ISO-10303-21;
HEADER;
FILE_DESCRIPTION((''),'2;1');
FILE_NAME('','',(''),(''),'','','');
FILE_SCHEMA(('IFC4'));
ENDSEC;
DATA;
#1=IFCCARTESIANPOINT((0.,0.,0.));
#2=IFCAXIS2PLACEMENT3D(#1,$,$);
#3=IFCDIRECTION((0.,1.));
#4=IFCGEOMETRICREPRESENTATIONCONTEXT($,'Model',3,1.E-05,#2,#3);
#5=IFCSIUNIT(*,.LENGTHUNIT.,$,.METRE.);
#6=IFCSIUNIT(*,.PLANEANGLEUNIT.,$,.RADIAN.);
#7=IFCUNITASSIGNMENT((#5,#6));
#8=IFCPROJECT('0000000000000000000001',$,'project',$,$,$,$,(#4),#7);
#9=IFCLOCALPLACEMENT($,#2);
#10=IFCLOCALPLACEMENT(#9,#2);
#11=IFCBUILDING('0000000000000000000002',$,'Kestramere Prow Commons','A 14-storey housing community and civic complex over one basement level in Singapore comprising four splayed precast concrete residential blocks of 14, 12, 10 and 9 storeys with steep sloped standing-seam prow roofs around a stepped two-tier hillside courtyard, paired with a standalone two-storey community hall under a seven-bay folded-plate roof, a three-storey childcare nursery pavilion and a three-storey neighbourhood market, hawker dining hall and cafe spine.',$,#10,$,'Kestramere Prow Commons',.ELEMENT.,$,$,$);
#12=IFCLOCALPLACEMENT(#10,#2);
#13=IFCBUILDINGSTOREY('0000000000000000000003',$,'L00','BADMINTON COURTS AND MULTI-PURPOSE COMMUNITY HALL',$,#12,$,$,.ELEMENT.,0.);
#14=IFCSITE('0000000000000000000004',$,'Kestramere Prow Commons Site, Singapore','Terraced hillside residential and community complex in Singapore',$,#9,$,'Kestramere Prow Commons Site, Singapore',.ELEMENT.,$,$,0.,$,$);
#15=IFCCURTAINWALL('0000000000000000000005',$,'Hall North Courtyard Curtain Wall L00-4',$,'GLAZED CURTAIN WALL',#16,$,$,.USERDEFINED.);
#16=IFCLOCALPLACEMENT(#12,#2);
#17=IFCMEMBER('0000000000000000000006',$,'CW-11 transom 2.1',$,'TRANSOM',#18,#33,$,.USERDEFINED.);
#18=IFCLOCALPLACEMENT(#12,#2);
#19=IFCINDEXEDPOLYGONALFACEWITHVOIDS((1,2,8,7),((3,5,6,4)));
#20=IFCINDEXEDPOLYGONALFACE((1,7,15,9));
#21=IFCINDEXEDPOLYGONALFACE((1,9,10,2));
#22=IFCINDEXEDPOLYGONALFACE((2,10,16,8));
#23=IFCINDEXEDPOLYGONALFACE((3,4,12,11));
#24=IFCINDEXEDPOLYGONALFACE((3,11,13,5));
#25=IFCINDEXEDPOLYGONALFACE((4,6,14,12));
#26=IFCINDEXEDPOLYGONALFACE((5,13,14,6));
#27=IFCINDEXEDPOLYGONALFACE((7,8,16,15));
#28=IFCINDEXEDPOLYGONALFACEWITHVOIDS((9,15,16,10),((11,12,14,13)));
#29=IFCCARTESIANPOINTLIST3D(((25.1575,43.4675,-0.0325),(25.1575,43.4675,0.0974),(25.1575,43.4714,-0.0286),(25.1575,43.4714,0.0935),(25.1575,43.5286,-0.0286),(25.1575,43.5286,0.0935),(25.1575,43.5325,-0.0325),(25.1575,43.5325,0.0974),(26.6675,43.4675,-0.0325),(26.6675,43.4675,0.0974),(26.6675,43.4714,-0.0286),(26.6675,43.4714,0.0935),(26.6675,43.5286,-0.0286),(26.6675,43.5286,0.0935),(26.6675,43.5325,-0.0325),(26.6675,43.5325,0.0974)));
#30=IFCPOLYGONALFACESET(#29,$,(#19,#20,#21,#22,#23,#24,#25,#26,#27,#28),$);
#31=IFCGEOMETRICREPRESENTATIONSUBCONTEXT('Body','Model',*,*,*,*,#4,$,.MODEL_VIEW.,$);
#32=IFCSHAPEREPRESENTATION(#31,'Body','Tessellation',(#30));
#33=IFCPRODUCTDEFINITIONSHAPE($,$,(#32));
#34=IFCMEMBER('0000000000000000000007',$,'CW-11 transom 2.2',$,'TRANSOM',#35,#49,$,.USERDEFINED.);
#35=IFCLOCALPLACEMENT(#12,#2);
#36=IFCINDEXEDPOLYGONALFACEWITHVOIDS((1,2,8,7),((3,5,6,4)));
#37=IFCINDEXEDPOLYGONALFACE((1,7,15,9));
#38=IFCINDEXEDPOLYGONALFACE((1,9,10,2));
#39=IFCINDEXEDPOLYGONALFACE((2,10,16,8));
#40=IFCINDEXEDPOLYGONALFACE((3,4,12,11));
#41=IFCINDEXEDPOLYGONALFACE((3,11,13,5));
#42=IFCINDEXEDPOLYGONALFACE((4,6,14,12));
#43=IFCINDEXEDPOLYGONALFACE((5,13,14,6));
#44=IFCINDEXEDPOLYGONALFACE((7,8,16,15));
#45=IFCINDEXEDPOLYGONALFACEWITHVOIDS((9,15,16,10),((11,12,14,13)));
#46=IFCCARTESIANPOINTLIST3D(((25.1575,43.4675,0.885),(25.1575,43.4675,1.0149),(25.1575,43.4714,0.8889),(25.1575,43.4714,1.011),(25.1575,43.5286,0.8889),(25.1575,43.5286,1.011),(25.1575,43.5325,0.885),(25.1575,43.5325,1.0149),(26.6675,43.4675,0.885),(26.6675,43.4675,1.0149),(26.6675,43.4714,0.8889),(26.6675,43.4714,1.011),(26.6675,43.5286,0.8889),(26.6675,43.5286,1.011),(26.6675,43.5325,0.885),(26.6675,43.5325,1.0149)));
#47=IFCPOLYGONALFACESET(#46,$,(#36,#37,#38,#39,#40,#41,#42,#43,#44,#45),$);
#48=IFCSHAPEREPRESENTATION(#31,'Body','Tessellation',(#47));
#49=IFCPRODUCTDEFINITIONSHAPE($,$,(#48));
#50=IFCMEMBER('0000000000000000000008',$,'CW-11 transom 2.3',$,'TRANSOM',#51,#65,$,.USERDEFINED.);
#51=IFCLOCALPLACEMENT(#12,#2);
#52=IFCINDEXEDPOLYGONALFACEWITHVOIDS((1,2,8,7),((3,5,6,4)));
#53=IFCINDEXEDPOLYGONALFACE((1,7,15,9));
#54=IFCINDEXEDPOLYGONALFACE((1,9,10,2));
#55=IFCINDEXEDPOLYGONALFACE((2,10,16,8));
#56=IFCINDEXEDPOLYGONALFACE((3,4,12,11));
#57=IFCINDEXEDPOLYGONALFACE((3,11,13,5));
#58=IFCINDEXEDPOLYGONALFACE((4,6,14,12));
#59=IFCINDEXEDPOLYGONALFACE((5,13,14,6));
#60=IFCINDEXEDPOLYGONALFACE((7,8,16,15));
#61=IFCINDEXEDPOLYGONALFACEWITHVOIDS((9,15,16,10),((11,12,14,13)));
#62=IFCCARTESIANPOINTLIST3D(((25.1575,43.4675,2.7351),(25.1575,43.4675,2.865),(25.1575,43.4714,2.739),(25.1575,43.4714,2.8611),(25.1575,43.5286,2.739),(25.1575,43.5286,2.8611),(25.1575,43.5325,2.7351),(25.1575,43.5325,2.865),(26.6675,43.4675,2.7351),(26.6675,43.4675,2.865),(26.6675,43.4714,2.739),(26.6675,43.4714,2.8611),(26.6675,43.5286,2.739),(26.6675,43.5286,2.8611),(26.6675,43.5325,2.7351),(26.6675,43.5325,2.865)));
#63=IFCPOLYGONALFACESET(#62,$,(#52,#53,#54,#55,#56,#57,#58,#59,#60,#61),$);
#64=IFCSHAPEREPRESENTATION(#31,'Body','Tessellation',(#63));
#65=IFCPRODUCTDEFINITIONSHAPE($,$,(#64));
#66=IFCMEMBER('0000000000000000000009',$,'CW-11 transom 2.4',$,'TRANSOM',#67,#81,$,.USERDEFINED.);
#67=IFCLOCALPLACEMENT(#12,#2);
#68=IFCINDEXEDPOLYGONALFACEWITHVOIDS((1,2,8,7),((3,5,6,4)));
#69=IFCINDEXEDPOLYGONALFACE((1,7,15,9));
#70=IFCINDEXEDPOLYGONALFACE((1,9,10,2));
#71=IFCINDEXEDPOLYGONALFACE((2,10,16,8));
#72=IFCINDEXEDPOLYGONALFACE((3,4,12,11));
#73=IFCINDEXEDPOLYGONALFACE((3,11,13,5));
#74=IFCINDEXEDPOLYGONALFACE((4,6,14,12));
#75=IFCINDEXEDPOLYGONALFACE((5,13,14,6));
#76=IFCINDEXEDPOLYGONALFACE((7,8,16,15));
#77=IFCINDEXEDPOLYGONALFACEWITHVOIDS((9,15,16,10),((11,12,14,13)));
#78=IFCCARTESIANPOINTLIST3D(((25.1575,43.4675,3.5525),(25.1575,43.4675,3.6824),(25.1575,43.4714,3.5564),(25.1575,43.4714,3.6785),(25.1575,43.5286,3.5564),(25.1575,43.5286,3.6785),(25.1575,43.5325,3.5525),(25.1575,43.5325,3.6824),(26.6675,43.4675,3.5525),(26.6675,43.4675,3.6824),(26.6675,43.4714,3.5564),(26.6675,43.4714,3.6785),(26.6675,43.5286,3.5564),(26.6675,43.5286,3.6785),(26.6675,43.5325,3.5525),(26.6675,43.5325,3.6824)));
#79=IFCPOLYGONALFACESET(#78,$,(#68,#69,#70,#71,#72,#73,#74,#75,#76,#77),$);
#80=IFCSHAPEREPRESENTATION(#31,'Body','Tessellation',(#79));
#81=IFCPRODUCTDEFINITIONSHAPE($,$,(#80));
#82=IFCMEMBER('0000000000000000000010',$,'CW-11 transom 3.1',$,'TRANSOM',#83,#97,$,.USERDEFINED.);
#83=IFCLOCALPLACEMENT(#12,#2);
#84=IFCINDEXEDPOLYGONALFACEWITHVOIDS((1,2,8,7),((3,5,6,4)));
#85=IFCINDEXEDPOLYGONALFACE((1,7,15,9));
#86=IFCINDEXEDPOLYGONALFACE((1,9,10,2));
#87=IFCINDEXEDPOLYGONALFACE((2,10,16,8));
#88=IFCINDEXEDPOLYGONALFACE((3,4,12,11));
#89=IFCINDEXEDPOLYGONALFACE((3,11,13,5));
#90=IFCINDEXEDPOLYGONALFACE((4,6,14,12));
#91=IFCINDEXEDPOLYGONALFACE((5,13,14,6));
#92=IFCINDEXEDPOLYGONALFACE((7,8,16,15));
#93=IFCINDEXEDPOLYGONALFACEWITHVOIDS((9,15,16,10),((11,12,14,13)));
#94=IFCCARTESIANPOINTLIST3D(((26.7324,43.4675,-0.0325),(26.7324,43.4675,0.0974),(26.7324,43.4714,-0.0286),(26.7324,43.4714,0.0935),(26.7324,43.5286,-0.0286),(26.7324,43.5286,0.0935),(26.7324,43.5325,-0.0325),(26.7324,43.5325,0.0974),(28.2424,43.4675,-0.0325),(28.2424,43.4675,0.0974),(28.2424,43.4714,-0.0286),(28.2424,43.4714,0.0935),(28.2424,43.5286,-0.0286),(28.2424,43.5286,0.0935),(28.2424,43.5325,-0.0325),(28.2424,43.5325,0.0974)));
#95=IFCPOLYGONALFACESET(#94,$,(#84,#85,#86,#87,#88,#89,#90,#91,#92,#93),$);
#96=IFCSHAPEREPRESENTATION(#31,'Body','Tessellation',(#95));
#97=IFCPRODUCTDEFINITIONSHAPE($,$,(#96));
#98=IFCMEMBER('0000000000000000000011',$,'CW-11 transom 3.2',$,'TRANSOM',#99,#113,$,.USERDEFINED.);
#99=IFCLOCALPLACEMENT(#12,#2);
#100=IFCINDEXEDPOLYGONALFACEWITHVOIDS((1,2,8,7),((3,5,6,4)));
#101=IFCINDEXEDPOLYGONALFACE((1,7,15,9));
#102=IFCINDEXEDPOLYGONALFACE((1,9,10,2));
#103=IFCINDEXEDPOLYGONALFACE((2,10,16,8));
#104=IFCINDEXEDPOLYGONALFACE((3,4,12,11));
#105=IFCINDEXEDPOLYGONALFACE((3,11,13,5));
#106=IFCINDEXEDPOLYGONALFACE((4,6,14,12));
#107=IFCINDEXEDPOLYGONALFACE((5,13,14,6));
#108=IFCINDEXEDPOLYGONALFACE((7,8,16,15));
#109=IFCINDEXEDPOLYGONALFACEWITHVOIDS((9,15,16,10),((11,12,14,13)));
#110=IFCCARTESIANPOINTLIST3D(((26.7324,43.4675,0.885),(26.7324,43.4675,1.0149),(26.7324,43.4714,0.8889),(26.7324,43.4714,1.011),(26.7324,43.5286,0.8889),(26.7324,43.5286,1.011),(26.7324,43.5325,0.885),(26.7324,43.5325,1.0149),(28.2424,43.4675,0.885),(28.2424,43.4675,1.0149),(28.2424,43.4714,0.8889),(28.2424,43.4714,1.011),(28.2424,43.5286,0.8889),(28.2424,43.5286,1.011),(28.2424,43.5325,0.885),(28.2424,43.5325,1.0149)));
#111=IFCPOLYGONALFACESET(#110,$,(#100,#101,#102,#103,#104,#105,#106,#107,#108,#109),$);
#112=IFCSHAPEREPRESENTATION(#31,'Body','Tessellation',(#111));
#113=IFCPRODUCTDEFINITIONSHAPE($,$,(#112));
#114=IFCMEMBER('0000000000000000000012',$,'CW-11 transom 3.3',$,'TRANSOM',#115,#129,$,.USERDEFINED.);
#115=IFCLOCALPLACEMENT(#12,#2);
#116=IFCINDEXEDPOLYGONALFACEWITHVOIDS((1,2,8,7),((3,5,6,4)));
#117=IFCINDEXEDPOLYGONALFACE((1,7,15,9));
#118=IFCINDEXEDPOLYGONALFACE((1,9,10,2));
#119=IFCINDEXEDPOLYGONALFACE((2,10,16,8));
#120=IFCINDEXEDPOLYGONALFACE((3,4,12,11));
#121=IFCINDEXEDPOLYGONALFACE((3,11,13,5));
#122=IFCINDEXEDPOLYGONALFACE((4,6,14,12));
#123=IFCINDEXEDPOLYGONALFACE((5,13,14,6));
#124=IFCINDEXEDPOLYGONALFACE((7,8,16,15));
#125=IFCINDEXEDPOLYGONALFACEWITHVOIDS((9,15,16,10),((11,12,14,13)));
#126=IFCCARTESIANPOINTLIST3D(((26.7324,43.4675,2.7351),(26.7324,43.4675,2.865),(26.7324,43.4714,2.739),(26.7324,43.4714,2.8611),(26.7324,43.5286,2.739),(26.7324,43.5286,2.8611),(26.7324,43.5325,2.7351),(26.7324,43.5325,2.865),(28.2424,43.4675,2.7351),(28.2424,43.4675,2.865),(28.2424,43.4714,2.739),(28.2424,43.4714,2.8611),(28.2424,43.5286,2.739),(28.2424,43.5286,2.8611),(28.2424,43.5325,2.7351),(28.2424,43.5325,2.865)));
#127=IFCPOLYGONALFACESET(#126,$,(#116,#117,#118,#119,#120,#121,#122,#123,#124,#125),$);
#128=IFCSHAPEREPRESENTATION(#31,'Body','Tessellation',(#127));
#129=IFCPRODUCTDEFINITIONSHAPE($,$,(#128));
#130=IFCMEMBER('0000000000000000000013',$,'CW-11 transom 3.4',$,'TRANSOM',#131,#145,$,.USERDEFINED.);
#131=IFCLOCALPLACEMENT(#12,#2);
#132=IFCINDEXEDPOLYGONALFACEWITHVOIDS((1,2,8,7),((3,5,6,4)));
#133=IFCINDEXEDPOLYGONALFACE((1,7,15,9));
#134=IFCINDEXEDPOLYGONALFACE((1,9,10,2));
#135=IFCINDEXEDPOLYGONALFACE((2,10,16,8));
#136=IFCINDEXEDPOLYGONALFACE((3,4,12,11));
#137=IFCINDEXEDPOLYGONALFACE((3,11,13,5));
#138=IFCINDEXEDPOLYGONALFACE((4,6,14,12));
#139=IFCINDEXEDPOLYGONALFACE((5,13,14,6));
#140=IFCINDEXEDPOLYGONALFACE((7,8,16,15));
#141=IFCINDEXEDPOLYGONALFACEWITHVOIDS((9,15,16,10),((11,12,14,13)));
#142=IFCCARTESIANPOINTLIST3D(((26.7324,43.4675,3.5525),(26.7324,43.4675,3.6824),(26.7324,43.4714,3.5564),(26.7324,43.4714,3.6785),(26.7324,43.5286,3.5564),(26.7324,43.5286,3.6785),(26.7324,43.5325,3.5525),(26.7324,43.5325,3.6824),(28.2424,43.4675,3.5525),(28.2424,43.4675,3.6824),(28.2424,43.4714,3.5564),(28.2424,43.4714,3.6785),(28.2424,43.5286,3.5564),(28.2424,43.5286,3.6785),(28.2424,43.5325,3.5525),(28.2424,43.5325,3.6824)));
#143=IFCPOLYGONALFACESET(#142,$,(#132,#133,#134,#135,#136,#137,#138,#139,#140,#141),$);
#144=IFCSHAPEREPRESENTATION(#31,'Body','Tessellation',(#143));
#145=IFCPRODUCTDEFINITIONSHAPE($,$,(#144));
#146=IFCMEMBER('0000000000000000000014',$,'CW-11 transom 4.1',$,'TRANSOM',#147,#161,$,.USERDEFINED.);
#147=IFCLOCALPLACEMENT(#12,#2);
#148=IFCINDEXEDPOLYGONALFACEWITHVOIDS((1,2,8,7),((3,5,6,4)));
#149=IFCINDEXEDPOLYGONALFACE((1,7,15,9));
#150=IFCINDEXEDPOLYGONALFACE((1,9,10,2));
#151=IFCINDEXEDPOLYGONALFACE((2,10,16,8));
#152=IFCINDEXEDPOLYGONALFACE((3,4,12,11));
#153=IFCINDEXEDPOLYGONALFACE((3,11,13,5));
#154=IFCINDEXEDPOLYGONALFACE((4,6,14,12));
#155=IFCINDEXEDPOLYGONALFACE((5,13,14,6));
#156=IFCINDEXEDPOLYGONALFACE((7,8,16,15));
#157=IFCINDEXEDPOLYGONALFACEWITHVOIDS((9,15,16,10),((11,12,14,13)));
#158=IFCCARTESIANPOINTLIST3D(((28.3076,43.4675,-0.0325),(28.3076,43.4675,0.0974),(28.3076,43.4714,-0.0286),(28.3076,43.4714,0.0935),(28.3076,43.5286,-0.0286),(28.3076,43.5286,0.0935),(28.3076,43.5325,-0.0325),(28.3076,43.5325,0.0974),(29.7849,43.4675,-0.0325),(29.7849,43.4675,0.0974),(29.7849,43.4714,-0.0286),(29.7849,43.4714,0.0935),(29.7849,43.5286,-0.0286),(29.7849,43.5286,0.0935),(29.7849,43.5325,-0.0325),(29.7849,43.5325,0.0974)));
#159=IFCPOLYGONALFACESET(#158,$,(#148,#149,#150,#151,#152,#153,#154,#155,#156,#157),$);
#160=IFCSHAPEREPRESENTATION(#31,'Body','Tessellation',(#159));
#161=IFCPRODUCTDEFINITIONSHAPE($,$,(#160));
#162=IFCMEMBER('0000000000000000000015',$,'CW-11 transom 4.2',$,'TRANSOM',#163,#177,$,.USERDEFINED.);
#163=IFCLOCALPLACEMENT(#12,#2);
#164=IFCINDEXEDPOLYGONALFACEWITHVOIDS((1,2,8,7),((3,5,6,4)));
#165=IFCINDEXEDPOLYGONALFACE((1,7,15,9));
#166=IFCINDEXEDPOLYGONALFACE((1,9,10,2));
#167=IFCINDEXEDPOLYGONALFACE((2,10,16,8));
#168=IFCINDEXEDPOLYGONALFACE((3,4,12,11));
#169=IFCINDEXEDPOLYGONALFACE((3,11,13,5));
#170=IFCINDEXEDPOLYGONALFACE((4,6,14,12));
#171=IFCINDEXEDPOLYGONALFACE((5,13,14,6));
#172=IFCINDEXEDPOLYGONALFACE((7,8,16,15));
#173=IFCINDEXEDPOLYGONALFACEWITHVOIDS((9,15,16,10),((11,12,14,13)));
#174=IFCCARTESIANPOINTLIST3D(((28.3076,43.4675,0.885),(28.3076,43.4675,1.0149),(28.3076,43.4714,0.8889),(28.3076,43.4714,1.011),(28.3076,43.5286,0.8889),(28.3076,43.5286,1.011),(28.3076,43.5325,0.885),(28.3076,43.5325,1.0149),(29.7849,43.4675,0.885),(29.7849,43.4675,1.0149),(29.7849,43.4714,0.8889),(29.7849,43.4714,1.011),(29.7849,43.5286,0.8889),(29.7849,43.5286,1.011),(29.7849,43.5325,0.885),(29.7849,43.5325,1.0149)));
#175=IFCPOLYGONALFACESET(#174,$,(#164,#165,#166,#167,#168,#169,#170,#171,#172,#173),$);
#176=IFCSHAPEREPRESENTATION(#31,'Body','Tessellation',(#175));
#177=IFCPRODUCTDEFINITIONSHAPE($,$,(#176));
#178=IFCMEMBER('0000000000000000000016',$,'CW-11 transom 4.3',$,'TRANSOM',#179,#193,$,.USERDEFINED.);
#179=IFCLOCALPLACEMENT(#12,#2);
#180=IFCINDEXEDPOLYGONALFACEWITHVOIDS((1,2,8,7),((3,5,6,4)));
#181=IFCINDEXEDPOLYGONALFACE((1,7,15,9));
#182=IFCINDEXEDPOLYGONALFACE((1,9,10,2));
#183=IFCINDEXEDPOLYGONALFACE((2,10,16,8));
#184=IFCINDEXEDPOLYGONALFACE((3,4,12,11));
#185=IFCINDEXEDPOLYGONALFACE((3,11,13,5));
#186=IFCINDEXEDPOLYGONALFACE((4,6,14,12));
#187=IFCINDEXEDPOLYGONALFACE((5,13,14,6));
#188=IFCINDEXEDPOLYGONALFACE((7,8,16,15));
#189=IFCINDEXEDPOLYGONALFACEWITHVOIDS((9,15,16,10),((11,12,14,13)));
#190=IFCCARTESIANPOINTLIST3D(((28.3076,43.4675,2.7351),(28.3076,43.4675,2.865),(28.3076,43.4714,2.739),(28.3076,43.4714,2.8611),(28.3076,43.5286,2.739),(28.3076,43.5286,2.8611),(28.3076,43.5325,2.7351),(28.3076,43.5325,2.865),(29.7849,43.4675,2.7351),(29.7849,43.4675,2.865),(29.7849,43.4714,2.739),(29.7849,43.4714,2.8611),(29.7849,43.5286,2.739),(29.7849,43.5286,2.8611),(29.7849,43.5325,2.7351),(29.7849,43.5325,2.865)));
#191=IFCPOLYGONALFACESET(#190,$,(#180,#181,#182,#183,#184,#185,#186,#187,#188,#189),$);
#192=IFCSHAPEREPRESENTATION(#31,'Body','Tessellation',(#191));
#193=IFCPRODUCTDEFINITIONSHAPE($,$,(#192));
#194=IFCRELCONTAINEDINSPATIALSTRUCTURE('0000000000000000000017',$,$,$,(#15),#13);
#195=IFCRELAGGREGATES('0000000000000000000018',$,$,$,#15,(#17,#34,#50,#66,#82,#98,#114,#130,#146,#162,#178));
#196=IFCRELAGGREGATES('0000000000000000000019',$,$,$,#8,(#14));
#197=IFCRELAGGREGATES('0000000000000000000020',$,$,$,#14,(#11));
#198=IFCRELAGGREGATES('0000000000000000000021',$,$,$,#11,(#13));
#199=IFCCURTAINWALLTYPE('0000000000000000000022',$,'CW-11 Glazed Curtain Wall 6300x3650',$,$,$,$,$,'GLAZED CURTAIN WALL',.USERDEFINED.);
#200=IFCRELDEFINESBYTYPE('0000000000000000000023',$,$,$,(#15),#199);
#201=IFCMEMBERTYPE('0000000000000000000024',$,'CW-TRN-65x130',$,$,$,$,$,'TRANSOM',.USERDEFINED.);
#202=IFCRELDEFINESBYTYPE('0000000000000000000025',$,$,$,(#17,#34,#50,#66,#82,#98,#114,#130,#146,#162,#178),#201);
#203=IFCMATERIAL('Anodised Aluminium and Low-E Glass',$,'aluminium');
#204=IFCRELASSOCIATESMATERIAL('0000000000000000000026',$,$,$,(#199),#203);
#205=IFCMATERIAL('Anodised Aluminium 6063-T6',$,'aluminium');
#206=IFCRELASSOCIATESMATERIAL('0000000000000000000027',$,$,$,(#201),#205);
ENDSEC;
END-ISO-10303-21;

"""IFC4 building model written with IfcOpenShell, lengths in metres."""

from ifc_helpers import new_model, si_unit, direction, frame, origin, origin_2d, place, context, subcontext, project, spatial, hollow_rectangle, extrude, material, material_profile, profile_set, type_object, element, aggregate, save


model = new_model("IFC4")

# Units and contexts
model_context = context("Model", 3, precision=1e-05, world=origin(), true_north=direction((0.0, 1.0)))
body_context = subcontext(model_context, "Body", "Model", "MODEL_VIEW")
ifc_project = project(units=[si_unit("LENGTHUNIT", "METRE"), si_unit("PLANEANGLEUNIT", "RADIAN")], contexts=[model_context])

# Site, building, storey
site_placement = place(None, origin())
site = spatial("IfcSite", under=ifc_project, at=site_placement, Name="Kestramere Prow Commons Site, Singapore", Description="Terraced hillside residential and community complex in Singapore", LongName="Kestramere Prow Commons Site, Singapore", CompositionType="ELEMENT", RefElevation=0.0)
building_placement = place(site_placement, origin())
building = spatial("IfcBuilding", under=site, at=building_placement, Name="Kestramere Prow Commons", Description="A 14-storey housing community and civic complex over one basement level in Singapore comprising four splayed precast concrete residential blocks of 14, 12, 10 and 9 storeys with steep sloped standing-seam prow roofs around a stepped two-tier hillside courtyard, paired with a standalone two-storey community hall under a seven-bay folded-plate roof, a three-storey childcare nursery pavilion and a three-storey neighbourhood market, hawker dining hall and cafe spine.", LongName="Kestramere Prow Commons", CompositionType="ELEMENT")
storey_placement = place(building_placement, origin())
storey = spatial("IfcBuildingStorey", under=building, at=storey_placement, Name="L00", Description="BADMINTON COURTS AND MULTI-PURPOSE COMMUNITY HALL", CompositionType="ELEMENT", Elevation=0.0)

# Curtain wall, members
ifc_material_1 = material(Name="Anodised Aluminium and Low-E Glass", Category="aluminium")
curtain_wall_type = type_object("IfcCurtainWallType", Name="CW-11 Glazed Curtain Wall 6300x3650", ElementType="GLAZED CURTAIN WALL", PredefinedType="USERDEFINED", material=ifc_material_1)
curtain_wall_placement = place(storey_placement, origin())
curtain_wall = element("IfcCurtainWall", 1, at=curtain_wall_placement, inside=storey, type_object=curtain_wall_type, Name="Hall North Courtyard Curtain Wall L00-4", ObjectType="GLAZED CURTAIN WALL", PredefinedType="USERDEFINED")
ifc_material_2 = material(Name="Anodised Aluminium 6063-T6", Category="aluminium")
ifc_material_profile_1 = material_profile(ifc_material_2, hollow_rectangle(XDim=0.0649, YDim=0.1299, WallThickness=0.0039, at=origin_2d()), Name="ALU-TRN 65x130")
ifc_profile_set_1 = profile_set([ifc_material_profile_1], Name="Anodised Aluminium 6063-T6")
member_type_1 = type_object("IfcMemberType", Name="CW-TRN-65x130", ElementType="TRANSOM", PredefinedType="USERDEFINED", material=ifc_profile_set_1)
member_1_placement = place(storey_placement, frame((25.1575, 43.5, 0.0325), z_axis=(1.0, 0.0, 0.0), x_axis=(0.0, 1.0, 0.0)))
member_1 = element("IfcMember", 2, at=member_1_placement, type_object=member_type_1, Name="CW-11 transom 2.1", ObjectType="TRANSOM", PredefinedType="USERDEFINED", context=body_context, shape_type="SweptSolid", body=[
    extrude(hollow_rectangle(XDim=0.0649, YDim=0.1299, WallThickness=0.0039, at=origin_2d()), origin(), (0.0, 0.0, 1.0), 1.51),
])
member_2_placement = place(storey_placement, frame((25.1575, 43.5, 0.95), z_axis=(1.0, 0.0, 0.0), x_axis=(0.0, 1.0, 0.0)))
member_2 = element("IfcMember", 3, at=member_2_placement, type_object=member_type_1, Name="CW-11 transom 2.2", ObjectType="TRANSOM", PredefinedType="USERDEFINED", context=body_context, shape_type="SweptSolid", body=[
    extrude(hollow_rectangle(XDim=0.0649, YDim=0.1299, WallThickness=0.0039, at=origin_2d()), origin(), (0.0, 0.0, 1.0), 1.51),
])
member_3_placement = place(storey_placement, frame((25.1575, 43.5, 2.8), z_axis=(1.0, 0.0, 0.0), x_axis=(0.0, 1.0, 0.0)))
member_3 = element("IfcMember", 4, at=member_3_placement, type_object=member_type_1, Name="CW-11 transom 2.3", ObjectType="TRANSOM", PredefinedType="USERDEFINED", context=body_context, shape_type="SweptSolid", body=[
    extrude(hollow_rectangle(XDim=0.0649, YDim=0.1299, WallThickness=0.0039, at=origin_2d()), origin(), (0.0, 0.0, 1.0), 1.51),
])
member_4_placement = place(storey_placement, frame((25.1575, 43.5, 3.6174), z_axis=(1.0, 0.0, 0.0), x_axis=(0.0, 1.0, 0.0)))
member_4 = element("IfcMember", 5, at=member_4_placement, type_object=member_type_1, Name="CW-11 transom 2.4", ObjectType="TRANSOM", PredefinedType="USERDEFINED", context=body_context, shape_type="SweptSolid", body=[
    extrude(hollow_rectangle(XDim=0.0649, YDim=0.1299, WallThickness=0.0039, at=origin_2d()), origin(), (0.0, 0.0, 1.0), 1.51),
])
member_5_placement = place(storey_placement, frame((26.7324, 43.5, 0.0325), z_axis=(1.0, 0.0, 0.0), x_axis=(0.0, 1.0, 0.0)))
member_5 = element("IfcMember", 6, at=member_5_placement, type_object=member_type_1, Name="CW-11 transom 3.1", ObjectType="TRANSOM", PredefinedType="USERDEFINED", context=body_context, shape_type="SweptSolid", body=[
    extrude(hollow_rectangle(XDim=0.0649, YDim=0.1299, WallThickness=0.0039, at=origin_2d()), origin(), (0.0, 0.0, 1.0), 1.51),
])
member_6_placement = place(storey_placement, frame((26.7324, 43.5, 0.95), z_axis=(1.0, 0.0, 0.0), x_axis=(0.0, 1.0, 0.0)))
member_6 = element("IfcMember", 7, at=member_6_placement, type_object=member_type_1, Name="CW-11 transom 3.2", ObjectType="TRANSOM", PredefinedType="USERDEFINED", context=body_context, shape_type="SweptSolid", body=[
    extrude(hollow_rectangle(XDim=0.0649, YDim=0.1299, WallThickness=0.0039, at=origin_2d()), origin(), (0.0, 0.0, 1.0), 1.51),
])
member_7_placement = place(storey_placement, frame((26.7324, 43.5, 2.8), z_axis=(1.0, 0.0, 0.0), x_axis=(0.0, 1.0, 0.0)))
member_7 = element("IfcMember", 8, at=member_7_placement, type_object=member_type_1, Name="CW-11 transom 3.3", ObjectType="TRANSOM", PredefinedType="USERDEFINED", context=body_context, shape_type="SweptSolid", body=[
    extrude(hollow_rectangle(XDim=0.0649, YDim=0.1299, WallThickness=0.0039, at=origin_2d()), origin(), (0.0, 0.0, 1.0), 1.51),
])
member_8_placement = place(storey_placement, frame((26.7324, 43.5, 3.6174), z_axis=(1.0, 0.0, 0.0), x_axis=(0.0, 1.0, 0.0)))
member_8 = element("IfcMember", 9, at=member_8_placement, type_object=member_type_1, Name="CW-11 transom 3.4", ObjectType="TRANSOM", PredefinedType="USERDEFINED", context=body_context, shape_type="SweptSolid", body=[
    extrude(hollow_rectangle(XDim=0.0649, YDim=0.1299, WallThickness=0.0039, at=origin_2d()), origin(), (0.0, 0.0, 1.0), 1.51),
])
member_9_placement = place(storey_placement, frame((28.3076, 43.5, 0.0325), z_axis=(1.0, 0.0, 0.0), x_axis=(0.0, 1.0, 0.0)))
member_9 = element("IfcMember", 10, at=member_9_placement, type_object=member_type_1, Name="CW-11 transom 4.1", ObjectType="TRANSOM", PredefinedType="USERDEFINED", context=body_context, shape_type="SweptSolid", body=[
    extrude(hollow_rectangle(XDim=0.0649, YDim=0.1299, WallThickness=0.0039, at=origin_2d()), origin(), (0.0, 0.0, 1.0), 1.4773),
])
member_10_placement = place(storey_placement, frame((28.3076, 43.5, 0.95), z_axis=(1.0, 0.0, 0.0), x_axis=(0.0, 1.0, 0.0)))
member_10 = element("IfcMember", 11, at=member_10_placement, type_object=member_type_1, Name="CW-11 transom 4.2", ObjectType="TRANSOM", PredefinedType="USERDEFINED", context=body_context, shape_type="SweptSolid", body=[
    extrude(hollow_rectangle(XDim=0.0649, YDim=0.1299, WallThickness=0.0039, at=origin_2d()), origin(), (0.0, 0.0, 1.0), 1.4773),
])
member_11_placement = place(storey_placement, frame((28.3076, 43.5, 2.8), z_axis=(1.0, 0.0, 0.0), x_axis=(0.0, 1.0, 0.0)))
member_11 = element("IfcMember", 12, at=member_11_placement, type_object=member_type_1, Name="CW-11 transom 4.3", ObjectType="TRANSOM", PredefinedType="USERDEFINED", context=body_context, shape_type="SweptSolid", body=[
    extrude(hollow_rectangle(XDim=0.0649, YDim=0.1299, WallThickness=0.0039, at=origin_2d()), origin(), (0.0, 0.0, 1.0), 1.4773),
])
aggregate(curtain_wall, [member_1, member_2, member_3, member_4, member_5, member_6, member_7, member_8, member_9, member_10, member_11])

save(model, "model.ifc")
